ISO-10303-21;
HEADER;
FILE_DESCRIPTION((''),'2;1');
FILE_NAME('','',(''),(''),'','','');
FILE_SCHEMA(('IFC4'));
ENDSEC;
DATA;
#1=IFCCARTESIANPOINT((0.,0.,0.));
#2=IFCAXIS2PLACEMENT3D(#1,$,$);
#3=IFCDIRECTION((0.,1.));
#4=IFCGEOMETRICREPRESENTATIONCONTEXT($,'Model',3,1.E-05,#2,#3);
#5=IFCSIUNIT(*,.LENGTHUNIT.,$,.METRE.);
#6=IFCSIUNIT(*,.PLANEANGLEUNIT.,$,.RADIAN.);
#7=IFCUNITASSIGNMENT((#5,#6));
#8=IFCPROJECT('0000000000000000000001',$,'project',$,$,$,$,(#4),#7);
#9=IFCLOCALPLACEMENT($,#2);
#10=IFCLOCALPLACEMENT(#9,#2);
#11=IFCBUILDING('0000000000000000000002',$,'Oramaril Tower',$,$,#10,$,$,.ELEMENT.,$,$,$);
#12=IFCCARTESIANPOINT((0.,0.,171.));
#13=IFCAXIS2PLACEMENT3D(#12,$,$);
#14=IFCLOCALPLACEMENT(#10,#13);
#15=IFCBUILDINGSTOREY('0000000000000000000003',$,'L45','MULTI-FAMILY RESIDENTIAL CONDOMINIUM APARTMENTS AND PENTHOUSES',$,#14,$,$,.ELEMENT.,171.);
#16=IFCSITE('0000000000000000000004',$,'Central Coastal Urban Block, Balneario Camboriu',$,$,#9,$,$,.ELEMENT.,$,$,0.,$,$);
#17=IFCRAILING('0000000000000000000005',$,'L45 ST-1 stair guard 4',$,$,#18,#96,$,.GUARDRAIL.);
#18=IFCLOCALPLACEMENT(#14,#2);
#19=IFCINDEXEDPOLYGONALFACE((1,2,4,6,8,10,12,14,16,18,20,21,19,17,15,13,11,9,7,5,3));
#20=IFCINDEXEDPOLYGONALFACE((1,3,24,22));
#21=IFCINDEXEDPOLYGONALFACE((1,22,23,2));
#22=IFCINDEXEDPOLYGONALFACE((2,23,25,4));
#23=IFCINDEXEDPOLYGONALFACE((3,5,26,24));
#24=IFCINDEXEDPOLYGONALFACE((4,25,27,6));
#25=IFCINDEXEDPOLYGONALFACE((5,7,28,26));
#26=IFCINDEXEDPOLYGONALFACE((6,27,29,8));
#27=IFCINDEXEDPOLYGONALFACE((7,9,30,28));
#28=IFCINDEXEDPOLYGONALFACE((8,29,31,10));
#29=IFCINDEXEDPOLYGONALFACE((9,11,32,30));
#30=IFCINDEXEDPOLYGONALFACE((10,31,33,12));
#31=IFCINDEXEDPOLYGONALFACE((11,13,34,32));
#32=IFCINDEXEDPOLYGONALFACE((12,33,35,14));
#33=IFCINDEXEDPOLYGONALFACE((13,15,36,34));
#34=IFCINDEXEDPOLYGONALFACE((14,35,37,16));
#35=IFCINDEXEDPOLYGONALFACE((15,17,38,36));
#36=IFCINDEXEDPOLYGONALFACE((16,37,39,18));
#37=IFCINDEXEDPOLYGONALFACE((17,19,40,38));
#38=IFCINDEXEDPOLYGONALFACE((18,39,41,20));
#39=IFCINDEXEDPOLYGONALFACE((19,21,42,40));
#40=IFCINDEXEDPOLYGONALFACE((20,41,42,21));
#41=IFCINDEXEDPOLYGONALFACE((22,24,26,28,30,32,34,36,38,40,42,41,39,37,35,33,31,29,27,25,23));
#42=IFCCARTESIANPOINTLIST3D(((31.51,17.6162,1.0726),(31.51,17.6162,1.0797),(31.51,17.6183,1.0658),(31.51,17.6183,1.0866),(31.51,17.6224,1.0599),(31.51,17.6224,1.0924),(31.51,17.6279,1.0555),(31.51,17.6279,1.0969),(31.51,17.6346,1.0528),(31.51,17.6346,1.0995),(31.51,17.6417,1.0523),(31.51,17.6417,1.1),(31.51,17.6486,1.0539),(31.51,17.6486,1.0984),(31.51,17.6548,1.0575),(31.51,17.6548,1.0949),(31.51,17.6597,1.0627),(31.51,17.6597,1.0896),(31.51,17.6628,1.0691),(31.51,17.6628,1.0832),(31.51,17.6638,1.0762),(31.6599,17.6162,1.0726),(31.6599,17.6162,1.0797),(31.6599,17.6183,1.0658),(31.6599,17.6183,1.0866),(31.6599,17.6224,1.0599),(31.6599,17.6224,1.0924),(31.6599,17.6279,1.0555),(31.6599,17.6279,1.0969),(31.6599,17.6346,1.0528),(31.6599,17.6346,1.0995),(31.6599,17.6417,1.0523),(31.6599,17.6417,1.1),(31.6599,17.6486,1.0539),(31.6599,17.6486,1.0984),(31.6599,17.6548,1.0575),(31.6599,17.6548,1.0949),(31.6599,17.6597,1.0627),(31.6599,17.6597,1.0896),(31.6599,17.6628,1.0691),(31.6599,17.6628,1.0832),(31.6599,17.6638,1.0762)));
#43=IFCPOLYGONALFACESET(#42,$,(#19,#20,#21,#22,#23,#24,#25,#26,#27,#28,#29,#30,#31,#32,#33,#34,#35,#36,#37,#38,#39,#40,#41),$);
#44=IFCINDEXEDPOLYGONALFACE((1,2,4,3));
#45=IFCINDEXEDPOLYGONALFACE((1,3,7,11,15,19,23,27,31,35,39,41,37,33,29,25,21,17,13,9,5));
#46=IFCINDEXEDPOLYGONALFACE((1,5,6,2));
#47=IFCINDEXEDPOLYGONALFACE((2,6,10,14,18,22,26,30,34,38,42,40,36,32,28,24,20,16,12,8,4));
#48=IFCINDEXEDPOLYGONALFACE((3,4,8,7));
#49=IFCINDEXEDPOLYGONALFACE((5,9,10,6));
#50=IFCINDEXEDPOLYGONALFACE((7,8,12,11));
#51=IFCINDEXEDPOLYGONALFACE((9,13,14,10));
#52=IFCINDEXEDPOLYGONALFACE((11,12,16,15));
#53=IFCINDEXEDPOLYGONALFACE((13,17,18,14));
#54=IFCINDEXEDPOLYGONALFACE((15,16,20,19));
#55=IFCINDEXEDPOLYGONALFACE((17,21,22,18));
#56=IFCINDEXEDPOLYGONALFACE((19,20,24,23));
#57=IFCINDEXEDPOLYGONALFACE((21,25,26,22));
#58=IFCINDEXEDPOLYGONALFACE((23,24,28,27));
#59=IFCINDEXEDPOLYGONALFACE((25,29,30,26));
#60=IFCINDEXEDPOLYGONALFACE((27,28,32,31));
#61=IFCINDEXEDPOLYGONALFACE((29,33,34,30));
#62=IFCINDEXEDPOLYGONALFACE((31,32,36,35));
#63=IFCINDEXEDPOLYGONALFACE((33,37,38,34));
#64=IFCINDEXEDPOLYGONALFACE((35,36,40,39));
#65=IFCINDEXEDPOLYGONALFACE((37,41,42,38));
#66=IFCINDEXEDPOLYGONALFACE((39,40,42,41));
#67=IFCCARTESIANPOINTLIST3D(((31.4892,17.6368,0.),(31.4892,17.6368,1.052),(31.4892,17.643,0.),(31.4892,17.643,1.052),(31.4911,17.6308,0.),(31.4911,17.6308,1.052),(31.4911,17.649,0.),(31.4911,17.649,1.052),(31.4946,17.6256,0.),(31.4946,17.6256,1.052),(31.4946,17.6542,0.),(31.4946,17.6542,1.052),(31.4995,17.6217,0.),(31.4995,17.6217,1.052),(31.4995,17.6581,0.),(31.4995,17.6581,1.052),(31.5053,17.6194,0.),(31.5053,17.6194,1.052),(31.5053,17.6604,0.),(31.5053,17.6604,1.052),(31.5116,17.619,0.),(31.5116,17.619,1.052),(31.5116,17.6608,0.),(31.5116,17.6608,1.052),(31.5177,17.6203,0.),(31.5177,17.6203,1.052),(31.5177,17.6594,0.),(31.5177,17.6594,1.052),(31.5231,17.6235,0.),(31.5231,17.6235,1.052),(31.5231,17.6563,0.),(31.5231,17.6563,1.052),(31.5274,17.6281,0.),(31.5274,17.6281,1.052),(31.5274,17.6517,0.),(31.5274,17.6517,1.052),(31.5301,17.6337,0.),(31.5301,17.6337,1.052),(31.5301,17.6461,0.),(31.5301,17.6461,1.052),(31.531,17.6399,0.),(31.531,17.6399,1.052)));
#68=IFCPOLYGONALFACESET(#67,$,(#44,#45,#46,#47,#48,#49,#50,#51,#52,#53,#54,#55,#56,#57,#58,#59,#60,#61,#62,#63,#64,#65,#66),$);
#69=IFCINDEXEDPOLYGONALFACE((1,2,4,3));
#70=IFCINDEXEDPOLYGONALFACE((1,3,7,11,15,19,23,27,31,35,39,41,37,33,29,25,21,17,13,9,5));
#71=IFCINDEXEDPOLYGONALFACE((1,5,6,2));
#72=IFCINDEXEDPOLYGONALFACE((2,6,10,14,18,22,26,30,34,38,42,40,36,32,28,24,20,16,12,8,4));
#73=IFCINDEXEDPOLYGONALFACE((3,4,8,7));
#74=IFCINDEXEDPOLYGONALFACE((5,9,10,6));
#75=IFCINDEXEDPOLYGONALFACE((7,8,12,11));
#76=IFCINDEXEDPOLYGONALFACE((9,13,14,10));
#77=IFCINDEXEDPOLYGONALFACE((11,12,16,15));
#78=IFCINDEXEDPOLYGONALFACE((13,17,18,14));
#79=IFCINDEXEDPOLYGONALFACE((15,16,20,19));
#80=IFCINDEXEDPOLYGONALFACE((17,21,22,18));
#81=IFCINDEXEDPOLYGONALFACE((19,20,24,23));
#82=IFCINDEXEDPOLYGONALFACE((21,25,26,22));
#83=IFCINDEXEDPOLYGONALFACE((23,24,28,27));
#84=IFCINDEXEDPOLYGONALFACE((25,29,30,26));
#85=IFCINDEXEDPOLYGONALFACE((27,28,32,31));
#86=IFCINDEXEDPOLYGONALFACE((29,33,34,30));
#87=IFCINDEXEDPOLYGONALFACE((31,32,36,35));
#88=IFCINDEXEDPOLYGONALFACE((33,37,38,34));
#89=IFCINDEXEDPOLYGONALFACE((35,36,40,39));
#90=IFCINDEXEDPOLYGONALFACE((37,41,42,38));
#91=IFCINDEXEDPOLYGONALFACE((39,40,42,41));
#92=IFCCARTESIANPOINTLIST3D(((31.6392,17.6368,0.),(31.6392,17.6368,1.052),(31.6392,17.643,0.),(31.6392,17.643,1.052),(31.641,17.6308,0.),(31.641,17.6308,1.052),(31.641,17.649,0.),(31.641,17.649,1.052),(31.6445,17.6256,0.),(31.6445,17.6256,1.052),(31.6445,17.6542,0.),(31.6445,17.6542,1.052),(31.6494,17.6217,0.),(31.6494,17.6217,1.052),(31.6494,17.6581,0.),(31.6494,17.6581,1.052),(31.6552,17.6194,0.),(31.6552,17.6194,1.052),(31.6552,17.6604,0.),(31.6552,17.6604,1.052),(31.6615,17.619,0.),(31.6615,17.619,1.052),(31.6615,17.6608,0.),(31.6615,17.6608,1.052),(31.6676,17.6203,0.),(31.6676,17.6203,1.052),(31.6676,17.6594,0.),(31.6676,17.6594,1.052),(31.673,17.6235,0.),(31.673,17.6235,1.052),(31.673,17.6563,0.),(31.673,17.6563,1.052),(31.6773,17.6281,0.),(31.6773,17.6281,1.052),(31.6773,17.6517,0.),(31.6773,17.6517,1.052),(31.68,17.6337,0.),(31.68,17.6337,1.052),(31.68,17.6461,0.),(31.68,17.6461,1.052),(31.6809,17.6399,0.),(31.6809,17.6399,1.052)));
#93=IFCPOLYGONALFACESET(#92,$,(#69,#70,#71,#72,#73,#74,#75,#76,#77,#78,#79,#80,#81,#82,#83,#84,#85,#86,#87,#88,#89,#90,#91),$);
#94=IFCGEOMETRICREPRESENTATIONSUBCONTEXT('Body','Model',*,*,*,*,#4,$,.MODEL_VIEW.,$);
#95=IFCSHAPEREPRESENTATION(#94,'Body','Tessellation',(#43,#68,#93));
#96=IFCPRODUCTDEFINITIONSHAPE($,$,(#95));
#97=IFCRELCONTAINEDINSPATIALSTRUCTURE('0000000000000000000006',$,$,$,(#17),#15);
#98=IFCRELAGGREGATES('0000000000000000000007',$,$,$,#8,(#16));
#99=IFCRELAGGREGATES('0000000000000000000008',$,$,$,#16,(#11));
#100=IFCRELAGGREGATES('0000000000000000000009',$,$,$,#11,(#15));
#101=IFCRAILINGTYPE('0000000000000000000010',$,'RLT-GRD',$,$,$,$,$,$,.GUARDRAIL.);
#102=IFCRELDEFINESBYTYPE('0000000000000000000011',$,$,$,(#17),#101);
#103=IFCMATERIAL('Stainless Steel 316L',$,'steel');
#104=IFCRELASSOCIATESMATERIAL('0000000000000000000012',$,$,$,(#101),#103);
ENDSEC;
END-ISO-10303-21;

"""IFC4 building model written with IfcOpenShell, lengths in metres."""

from ifc_helpers import new_model, si_unit, direction, frame, origin, origin_2d, place, context, subcontext, project, spatial, circle, extrude, material, type_object, element, save


model = new_model("IFC4")

# Units and contexts
model_context = context("Model", 3, precision=1e-05, world=origin(), true_north=direction((0.0, 1.0)))
body_context = subcontext(model_context, "Body", "Model", "MODEL_VIEW")
ifc_project = project(units=[si_unit("LENGTHUNIT", "METRE"), si_unit("PLANEANGLEUNIT", "RADIAN")], contexts=[model_context])

# Site, building, storey
site_placement = place(None, origin())
site = spatial("IfcSite", under=ifc_project, at=site_placement, Name="Central Coastal Urban Block, Balneario Camboriu", CompositionType="ELEMENT", RefElevation=0.0)
building_placement = place(site_placement, origin())
building = spatial("IfcBuilding", under=site, at=building_placement, Name="Oramaril Tower", CompositionType="ELEMENT")
storey_placement = place(building_placement, frame((0.0, 0.0, 171.0)))
storey = spatial("IfcBuildingStorey", under=building, at=storey_placement, Name="L45", Description="MULTI-FAMILY RESIDENTIAL CONDOMINIUM APARTMENTS AND PENTHOUSES", CompositionType="ELEMENT", Elevation=171.0)

# Railing
ifc_material_1 = material(Name="Stainless Steel 316L", Category="steel")
railing_type_1 = type_object("IfcRailingType", Name="RLT-GRD", PredefinedType="GUARDRAIL", material=ifc_material_1)
railing_1_placement = place(storey_placement, frame((31.51, 17.6399, 0.0)))
element("IfcRailing", 1, at=railing_1_placement, inside=storey, type_object=railing_type_1, Name="L45 ST-1 stair guard 4", PredefinedType="GUARDRAIL", context=body_context, shape_type="SweptSolid", body=[
    extrude(circle(Radius=0.0239, at=origin_2d()), frame((0.0, 0.0, 1.0762), z_axis=(1.0, 0.0, 0.0), x_axis=(0.0, 1.0, 0.0)), (0.0, 0.0, 1.0), 0.1499),
    extrude(circle(Radius=0.021, at=origin_2d()), origin(), (0.0, 0.0, 1.0), 1.052),
    extrude(circle(Radius=0.021, at=origin_2d()), frame((0.1499, 0.0, 0.0)), (0.0, 0.0, 1.0), 1.052),
])

save(model, "model.ifc")
